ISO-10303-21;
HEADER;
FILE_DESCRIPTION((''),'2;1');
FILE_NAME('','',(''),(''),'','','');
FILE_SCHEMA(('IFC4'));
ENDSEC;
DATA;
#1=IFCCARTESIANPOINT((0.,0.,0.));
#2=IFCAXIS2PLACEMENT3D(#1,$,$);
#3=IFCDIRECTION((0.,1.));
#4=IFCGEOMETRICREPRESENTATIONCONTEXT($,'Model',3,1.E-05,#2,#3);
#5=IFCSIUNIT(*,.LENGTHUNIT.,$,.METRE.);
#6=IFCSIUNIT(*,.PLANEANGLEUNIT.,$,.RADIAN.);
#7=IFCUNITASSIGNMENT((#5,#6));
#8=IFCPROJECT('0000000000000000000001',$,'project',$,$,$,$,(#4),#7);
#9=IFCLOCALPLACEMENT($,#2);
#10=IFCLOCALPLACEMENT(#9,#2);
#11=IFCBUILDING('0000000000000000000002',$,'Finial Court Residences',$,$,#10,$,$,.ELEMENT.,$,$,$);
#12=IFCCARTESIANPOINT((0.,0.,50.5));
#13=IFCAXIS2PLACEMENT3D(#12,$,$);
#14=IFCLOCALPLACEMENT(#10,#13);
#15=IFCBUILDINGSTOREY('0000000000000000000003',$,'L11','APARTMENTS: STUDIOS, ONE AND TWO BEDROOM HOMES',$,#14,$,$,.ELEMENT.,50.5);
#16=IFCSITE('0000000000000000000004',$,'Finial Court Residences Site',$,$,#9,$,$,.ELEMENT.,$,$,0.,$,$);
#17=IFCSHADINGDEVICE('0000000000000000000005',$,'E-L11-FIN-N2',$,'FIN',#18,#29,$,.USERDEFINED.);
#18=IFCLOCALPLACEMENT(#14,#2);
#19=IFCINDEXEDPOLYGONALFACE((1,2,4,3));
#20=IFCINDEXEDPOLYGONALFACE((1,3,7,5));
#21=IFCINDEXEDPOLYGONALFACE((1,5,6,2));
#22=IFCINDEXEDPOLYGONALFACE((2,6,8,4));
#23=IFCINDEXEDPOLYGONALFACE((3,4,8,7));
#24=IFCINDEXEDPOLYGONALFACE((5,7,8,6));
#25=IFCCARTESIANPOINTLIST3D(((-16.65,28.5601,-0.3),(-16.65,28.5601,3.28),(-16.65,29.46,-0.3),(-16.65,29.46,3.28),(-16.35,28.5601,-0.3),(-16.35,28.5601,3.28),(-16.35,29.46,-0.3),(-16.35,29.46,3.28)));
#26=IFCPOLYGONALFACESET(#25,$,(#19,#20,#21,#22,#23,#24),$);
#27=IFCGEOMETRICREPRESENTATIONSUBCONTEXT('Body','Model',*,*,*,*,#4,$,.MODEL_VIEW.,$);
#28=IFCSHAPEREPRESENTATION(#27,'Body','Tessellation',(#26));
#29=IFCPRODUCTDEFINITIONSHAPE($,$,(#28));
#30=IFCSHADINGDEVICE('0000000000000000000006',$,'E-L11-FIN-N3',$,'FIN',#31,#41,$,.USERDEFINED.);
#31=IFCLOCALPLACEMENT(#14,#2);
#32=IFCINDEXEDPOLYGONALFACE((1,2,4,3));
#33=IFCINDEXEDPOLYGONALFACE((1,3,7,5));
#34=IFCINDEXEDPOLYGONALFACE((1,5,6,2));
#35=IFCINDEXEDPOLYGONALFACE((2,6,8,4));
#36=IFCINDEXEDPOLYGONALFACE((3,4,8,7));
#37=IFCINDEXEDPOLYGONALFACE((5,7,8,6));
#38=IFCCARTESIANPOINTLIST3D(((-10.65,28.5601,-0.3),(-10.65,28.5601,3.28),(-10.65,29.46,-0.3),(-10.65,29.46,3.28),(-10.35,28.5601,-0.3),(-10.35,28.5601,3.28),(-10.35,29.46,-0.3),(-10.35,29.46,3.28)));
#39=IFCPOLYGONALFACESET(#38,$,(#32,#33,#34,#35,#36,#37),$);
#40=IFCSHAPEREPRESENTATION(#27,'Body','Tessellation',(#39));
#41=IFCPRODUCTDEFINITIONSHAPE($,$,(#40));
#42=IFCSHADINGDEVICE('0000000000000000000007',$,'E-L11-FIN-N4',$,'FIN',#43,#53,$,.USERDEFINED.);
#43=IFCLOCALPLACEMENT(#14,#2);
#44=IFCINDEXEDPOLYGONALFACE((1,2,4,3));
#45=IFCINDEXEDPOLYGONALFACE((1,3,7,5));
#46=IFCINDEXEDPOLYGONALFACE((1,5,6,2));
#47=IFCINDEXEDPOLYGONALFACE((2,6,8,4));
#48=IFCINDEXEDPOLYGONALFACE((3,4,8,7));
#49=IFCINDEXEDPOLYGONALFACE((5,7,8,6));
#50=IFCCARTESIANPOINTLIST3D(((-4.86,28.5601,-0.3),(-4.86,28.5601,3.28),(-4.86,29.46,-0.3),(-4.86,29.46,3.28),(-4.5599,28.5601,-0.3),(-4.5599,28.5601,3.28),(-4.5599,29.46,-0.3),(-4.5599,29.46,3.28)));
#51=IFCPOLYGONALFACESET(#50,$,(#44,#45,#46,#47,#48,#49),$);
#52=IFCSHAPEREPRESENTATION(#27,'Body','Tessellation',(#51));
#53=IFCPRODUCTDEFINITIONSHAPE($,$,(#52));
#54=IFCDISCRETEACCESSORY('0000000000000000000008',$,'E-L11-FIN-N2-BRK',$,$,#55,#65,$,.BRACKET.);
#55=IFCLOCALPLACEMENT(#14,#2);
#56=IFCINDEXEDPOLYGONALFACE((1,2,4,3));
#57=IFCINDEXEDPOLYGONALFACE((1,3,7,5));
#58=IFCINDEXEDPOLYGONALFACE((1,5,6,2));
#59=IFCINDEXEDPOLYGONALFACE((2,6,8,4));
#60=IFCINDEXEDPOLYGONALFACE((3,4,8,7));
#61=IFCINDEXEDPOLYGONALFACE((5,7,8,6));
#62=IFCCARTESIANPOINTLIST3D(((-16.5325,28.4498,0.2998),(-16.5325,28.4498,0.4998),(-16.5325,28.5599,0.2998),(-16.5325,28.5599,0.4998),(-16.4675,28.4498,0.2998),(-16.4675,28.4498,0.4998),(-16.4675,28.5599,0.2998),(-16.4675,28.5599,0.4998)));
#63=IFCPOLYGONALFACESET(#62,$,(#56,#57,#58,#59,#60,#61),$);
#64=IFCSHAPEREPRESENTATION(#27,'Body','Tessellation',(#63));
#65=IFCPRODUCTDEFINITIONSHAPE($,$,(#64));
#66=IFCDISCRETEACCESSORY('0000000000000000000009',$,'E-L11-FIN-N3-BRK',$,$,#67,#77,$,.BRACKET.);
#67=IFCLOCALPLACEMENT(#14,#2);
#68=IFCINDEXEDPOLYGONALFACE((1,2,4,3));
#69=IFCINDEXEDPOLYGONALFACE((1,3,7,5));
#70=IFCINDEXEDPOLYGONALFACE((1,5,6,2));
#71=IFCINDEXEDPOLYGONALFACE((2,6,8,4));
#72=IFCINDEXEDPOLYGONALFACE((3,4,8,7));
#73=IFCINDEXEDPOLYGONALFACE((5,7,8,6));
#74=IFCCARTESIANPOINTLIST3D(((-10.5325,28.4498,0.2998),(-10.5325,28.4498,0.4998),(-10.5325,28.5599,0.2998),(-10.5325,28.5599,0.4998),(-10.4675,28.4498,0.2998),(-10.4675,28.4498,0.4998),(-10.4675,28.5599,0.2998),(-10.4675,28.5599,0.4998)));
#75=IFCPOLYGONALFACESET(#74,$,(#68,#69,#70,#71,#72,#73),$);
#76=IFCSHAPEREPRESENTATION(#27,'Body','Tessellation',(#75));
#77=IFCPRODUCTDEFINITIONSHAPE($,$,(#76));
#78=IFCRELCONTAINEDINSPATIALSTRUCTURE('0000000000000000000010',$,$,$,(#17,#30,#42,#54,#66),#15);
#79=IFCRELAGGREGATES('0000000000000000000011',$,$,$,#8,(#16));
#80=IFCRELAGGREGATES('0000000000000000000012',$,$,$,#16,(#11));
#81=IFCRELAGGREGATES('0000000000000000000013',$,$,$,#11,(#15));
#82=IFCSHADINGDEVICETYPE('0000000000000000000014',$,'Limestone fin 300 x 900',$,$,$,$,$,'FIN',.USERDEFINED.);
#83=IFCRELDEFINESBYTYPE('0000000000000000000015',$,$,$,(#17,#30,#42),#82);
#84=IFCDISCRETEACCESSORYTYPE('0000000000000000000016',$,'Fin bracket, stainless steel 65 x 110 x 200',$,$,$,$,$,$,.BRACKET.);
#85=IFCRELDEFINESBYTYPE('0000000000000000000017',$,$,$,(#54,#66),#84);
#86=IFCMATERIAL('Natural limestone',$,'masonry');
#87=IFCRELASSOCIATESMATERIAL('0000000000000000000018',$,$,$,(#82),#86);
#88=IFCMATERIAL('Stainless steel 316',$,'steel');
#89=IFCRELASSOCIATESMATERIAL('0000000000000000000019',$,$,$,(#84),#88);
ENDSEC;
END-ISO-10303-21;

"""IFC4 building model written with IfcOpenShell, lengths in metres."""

from ifc_helpers import new_model, si_unit, direction, frame, origin, origin_2d, place, context, subcontext, project, spatial, rectangle, extrude, material, type_object, element, save


model = new_model("IFC4")

# Units and contexts
model_context = context("Model", 3, precision=1e-05, world=origin(), true_north=direction((0.0, 1.0)))
body_context = subcontext(model_context, "Body", "Model", "MODEL_VIEW")
ifc_project = project(units=[si_unit("LENGTHUNIT", "METRE"), si_unit("PLANEANGLEUNIT", "RADIAN")], contexts=[model_context])

# Site, building, storey
site_placement = place(None, origin())
site = spatial("IfcSite", under=ifc_project, at=site_placement, Name="Finial Court Residences Site", CompositionType="ELEMENT", RefElevation=0.0)
building_placement = place(site_placement, origin())
building = spatial("IfcBuilding", under=site, at=building_placement, Name="Finial Court Residences", CompositionType="ELEMENT")
storey_placement = place(building_placement, frame((0.0, 0.0, 50.5)))
storey = spatial("IfcBuildingStorey", under=building, at=storey_placement, Name="L11", Description="APARTMENTS: STUDIOS, ONE AND TWO BEDROOM HOMES", CompositionType="ELEMENT", Elevation=50.5)

# Shading devices
ifc_material_1 = material(Name="Natural limestone", Category="masonry")
shading_device_type = type_object("IfcShadingDeviceType", Name="Limestone fin 300 x 900", ElementType="FIN", PredefinedType="USERDEFINED", material=ifc_material_1)
for number, where, z_axis, x_axis, name in (
    (1, (-16.5, 29.01, -0.3), (0.0, 0.0, 1.0), (1.0, 0.0, 0.0), "E-L11-FIN-N2"),
    (2, (-10.5, 29.01, -0.3), (0.0, 0.0, 1.0), (1.0, 0.0, 0.0), "E-L11-FIN-N3"),
    (3, (-4.71, 29.01, -0.3), (0.0, 0.0, 1.0), (1.0, 0.0, 0.0), "E-L11-FIN-N4"),
):
    element("IfcShadingDevice", number, at=place(storey_placement, frame(where, z_axis=z_axis, x_axis=x_axis)), inside=storey, type_object=shading_device_type, Name=name, ObjectType="FIN", PredefinedType="USERDEFINED", context=body_context, shape_type="SweptSolid", body=[
        extrude(rectangle(XDim=0.3, YDim=0.8999, at=origin_2d()), origin(), (0.0, 0.0, 1.0), 3.5801),
    ])

# Discrete accessories
ifc_material_2 = material(Name="Stainless steel 316", Category="steel")
discrete_accessory_type = type_object("IfcDiscreteAccessoryType", Name="Fin bracket, stainless steel 65 x 110 x 200", PredefinedType="BRACKET", material=ifc_material_2)
for number, where, z_axis, x_axis, name in (
    (4, (-16.5, 28.5049, 0.2998), (0.0, 0.0, 1.0), (1.0, 0.0, 0.0), "E-L11-FIN-N2-BRK"),
    (5, (-10.5, 28.5049, 0.2998), (0.0, 0.0, 1.0), (1.0, 0.0, 0.0), "E-L11-FIN-N3-BRK"),
):
    element("IfcDiscreteAccessory", number, at=place(storey_placement, frame(where, z_axis=z_axis, x_axis=x_axis)), inside=storey, type_object=discrete_accessory_type, Name=name, PredefinedType="BRACKET", context=body_context, shape_type="SweptSolid", body=[
        extrude(rectangle(XDim=0.0649, YDim=0.1101, at=origin_2d()), origin(), (0.0, 0.0, 1.0), 0.2),
    ])

save(model, "model.ifc")
